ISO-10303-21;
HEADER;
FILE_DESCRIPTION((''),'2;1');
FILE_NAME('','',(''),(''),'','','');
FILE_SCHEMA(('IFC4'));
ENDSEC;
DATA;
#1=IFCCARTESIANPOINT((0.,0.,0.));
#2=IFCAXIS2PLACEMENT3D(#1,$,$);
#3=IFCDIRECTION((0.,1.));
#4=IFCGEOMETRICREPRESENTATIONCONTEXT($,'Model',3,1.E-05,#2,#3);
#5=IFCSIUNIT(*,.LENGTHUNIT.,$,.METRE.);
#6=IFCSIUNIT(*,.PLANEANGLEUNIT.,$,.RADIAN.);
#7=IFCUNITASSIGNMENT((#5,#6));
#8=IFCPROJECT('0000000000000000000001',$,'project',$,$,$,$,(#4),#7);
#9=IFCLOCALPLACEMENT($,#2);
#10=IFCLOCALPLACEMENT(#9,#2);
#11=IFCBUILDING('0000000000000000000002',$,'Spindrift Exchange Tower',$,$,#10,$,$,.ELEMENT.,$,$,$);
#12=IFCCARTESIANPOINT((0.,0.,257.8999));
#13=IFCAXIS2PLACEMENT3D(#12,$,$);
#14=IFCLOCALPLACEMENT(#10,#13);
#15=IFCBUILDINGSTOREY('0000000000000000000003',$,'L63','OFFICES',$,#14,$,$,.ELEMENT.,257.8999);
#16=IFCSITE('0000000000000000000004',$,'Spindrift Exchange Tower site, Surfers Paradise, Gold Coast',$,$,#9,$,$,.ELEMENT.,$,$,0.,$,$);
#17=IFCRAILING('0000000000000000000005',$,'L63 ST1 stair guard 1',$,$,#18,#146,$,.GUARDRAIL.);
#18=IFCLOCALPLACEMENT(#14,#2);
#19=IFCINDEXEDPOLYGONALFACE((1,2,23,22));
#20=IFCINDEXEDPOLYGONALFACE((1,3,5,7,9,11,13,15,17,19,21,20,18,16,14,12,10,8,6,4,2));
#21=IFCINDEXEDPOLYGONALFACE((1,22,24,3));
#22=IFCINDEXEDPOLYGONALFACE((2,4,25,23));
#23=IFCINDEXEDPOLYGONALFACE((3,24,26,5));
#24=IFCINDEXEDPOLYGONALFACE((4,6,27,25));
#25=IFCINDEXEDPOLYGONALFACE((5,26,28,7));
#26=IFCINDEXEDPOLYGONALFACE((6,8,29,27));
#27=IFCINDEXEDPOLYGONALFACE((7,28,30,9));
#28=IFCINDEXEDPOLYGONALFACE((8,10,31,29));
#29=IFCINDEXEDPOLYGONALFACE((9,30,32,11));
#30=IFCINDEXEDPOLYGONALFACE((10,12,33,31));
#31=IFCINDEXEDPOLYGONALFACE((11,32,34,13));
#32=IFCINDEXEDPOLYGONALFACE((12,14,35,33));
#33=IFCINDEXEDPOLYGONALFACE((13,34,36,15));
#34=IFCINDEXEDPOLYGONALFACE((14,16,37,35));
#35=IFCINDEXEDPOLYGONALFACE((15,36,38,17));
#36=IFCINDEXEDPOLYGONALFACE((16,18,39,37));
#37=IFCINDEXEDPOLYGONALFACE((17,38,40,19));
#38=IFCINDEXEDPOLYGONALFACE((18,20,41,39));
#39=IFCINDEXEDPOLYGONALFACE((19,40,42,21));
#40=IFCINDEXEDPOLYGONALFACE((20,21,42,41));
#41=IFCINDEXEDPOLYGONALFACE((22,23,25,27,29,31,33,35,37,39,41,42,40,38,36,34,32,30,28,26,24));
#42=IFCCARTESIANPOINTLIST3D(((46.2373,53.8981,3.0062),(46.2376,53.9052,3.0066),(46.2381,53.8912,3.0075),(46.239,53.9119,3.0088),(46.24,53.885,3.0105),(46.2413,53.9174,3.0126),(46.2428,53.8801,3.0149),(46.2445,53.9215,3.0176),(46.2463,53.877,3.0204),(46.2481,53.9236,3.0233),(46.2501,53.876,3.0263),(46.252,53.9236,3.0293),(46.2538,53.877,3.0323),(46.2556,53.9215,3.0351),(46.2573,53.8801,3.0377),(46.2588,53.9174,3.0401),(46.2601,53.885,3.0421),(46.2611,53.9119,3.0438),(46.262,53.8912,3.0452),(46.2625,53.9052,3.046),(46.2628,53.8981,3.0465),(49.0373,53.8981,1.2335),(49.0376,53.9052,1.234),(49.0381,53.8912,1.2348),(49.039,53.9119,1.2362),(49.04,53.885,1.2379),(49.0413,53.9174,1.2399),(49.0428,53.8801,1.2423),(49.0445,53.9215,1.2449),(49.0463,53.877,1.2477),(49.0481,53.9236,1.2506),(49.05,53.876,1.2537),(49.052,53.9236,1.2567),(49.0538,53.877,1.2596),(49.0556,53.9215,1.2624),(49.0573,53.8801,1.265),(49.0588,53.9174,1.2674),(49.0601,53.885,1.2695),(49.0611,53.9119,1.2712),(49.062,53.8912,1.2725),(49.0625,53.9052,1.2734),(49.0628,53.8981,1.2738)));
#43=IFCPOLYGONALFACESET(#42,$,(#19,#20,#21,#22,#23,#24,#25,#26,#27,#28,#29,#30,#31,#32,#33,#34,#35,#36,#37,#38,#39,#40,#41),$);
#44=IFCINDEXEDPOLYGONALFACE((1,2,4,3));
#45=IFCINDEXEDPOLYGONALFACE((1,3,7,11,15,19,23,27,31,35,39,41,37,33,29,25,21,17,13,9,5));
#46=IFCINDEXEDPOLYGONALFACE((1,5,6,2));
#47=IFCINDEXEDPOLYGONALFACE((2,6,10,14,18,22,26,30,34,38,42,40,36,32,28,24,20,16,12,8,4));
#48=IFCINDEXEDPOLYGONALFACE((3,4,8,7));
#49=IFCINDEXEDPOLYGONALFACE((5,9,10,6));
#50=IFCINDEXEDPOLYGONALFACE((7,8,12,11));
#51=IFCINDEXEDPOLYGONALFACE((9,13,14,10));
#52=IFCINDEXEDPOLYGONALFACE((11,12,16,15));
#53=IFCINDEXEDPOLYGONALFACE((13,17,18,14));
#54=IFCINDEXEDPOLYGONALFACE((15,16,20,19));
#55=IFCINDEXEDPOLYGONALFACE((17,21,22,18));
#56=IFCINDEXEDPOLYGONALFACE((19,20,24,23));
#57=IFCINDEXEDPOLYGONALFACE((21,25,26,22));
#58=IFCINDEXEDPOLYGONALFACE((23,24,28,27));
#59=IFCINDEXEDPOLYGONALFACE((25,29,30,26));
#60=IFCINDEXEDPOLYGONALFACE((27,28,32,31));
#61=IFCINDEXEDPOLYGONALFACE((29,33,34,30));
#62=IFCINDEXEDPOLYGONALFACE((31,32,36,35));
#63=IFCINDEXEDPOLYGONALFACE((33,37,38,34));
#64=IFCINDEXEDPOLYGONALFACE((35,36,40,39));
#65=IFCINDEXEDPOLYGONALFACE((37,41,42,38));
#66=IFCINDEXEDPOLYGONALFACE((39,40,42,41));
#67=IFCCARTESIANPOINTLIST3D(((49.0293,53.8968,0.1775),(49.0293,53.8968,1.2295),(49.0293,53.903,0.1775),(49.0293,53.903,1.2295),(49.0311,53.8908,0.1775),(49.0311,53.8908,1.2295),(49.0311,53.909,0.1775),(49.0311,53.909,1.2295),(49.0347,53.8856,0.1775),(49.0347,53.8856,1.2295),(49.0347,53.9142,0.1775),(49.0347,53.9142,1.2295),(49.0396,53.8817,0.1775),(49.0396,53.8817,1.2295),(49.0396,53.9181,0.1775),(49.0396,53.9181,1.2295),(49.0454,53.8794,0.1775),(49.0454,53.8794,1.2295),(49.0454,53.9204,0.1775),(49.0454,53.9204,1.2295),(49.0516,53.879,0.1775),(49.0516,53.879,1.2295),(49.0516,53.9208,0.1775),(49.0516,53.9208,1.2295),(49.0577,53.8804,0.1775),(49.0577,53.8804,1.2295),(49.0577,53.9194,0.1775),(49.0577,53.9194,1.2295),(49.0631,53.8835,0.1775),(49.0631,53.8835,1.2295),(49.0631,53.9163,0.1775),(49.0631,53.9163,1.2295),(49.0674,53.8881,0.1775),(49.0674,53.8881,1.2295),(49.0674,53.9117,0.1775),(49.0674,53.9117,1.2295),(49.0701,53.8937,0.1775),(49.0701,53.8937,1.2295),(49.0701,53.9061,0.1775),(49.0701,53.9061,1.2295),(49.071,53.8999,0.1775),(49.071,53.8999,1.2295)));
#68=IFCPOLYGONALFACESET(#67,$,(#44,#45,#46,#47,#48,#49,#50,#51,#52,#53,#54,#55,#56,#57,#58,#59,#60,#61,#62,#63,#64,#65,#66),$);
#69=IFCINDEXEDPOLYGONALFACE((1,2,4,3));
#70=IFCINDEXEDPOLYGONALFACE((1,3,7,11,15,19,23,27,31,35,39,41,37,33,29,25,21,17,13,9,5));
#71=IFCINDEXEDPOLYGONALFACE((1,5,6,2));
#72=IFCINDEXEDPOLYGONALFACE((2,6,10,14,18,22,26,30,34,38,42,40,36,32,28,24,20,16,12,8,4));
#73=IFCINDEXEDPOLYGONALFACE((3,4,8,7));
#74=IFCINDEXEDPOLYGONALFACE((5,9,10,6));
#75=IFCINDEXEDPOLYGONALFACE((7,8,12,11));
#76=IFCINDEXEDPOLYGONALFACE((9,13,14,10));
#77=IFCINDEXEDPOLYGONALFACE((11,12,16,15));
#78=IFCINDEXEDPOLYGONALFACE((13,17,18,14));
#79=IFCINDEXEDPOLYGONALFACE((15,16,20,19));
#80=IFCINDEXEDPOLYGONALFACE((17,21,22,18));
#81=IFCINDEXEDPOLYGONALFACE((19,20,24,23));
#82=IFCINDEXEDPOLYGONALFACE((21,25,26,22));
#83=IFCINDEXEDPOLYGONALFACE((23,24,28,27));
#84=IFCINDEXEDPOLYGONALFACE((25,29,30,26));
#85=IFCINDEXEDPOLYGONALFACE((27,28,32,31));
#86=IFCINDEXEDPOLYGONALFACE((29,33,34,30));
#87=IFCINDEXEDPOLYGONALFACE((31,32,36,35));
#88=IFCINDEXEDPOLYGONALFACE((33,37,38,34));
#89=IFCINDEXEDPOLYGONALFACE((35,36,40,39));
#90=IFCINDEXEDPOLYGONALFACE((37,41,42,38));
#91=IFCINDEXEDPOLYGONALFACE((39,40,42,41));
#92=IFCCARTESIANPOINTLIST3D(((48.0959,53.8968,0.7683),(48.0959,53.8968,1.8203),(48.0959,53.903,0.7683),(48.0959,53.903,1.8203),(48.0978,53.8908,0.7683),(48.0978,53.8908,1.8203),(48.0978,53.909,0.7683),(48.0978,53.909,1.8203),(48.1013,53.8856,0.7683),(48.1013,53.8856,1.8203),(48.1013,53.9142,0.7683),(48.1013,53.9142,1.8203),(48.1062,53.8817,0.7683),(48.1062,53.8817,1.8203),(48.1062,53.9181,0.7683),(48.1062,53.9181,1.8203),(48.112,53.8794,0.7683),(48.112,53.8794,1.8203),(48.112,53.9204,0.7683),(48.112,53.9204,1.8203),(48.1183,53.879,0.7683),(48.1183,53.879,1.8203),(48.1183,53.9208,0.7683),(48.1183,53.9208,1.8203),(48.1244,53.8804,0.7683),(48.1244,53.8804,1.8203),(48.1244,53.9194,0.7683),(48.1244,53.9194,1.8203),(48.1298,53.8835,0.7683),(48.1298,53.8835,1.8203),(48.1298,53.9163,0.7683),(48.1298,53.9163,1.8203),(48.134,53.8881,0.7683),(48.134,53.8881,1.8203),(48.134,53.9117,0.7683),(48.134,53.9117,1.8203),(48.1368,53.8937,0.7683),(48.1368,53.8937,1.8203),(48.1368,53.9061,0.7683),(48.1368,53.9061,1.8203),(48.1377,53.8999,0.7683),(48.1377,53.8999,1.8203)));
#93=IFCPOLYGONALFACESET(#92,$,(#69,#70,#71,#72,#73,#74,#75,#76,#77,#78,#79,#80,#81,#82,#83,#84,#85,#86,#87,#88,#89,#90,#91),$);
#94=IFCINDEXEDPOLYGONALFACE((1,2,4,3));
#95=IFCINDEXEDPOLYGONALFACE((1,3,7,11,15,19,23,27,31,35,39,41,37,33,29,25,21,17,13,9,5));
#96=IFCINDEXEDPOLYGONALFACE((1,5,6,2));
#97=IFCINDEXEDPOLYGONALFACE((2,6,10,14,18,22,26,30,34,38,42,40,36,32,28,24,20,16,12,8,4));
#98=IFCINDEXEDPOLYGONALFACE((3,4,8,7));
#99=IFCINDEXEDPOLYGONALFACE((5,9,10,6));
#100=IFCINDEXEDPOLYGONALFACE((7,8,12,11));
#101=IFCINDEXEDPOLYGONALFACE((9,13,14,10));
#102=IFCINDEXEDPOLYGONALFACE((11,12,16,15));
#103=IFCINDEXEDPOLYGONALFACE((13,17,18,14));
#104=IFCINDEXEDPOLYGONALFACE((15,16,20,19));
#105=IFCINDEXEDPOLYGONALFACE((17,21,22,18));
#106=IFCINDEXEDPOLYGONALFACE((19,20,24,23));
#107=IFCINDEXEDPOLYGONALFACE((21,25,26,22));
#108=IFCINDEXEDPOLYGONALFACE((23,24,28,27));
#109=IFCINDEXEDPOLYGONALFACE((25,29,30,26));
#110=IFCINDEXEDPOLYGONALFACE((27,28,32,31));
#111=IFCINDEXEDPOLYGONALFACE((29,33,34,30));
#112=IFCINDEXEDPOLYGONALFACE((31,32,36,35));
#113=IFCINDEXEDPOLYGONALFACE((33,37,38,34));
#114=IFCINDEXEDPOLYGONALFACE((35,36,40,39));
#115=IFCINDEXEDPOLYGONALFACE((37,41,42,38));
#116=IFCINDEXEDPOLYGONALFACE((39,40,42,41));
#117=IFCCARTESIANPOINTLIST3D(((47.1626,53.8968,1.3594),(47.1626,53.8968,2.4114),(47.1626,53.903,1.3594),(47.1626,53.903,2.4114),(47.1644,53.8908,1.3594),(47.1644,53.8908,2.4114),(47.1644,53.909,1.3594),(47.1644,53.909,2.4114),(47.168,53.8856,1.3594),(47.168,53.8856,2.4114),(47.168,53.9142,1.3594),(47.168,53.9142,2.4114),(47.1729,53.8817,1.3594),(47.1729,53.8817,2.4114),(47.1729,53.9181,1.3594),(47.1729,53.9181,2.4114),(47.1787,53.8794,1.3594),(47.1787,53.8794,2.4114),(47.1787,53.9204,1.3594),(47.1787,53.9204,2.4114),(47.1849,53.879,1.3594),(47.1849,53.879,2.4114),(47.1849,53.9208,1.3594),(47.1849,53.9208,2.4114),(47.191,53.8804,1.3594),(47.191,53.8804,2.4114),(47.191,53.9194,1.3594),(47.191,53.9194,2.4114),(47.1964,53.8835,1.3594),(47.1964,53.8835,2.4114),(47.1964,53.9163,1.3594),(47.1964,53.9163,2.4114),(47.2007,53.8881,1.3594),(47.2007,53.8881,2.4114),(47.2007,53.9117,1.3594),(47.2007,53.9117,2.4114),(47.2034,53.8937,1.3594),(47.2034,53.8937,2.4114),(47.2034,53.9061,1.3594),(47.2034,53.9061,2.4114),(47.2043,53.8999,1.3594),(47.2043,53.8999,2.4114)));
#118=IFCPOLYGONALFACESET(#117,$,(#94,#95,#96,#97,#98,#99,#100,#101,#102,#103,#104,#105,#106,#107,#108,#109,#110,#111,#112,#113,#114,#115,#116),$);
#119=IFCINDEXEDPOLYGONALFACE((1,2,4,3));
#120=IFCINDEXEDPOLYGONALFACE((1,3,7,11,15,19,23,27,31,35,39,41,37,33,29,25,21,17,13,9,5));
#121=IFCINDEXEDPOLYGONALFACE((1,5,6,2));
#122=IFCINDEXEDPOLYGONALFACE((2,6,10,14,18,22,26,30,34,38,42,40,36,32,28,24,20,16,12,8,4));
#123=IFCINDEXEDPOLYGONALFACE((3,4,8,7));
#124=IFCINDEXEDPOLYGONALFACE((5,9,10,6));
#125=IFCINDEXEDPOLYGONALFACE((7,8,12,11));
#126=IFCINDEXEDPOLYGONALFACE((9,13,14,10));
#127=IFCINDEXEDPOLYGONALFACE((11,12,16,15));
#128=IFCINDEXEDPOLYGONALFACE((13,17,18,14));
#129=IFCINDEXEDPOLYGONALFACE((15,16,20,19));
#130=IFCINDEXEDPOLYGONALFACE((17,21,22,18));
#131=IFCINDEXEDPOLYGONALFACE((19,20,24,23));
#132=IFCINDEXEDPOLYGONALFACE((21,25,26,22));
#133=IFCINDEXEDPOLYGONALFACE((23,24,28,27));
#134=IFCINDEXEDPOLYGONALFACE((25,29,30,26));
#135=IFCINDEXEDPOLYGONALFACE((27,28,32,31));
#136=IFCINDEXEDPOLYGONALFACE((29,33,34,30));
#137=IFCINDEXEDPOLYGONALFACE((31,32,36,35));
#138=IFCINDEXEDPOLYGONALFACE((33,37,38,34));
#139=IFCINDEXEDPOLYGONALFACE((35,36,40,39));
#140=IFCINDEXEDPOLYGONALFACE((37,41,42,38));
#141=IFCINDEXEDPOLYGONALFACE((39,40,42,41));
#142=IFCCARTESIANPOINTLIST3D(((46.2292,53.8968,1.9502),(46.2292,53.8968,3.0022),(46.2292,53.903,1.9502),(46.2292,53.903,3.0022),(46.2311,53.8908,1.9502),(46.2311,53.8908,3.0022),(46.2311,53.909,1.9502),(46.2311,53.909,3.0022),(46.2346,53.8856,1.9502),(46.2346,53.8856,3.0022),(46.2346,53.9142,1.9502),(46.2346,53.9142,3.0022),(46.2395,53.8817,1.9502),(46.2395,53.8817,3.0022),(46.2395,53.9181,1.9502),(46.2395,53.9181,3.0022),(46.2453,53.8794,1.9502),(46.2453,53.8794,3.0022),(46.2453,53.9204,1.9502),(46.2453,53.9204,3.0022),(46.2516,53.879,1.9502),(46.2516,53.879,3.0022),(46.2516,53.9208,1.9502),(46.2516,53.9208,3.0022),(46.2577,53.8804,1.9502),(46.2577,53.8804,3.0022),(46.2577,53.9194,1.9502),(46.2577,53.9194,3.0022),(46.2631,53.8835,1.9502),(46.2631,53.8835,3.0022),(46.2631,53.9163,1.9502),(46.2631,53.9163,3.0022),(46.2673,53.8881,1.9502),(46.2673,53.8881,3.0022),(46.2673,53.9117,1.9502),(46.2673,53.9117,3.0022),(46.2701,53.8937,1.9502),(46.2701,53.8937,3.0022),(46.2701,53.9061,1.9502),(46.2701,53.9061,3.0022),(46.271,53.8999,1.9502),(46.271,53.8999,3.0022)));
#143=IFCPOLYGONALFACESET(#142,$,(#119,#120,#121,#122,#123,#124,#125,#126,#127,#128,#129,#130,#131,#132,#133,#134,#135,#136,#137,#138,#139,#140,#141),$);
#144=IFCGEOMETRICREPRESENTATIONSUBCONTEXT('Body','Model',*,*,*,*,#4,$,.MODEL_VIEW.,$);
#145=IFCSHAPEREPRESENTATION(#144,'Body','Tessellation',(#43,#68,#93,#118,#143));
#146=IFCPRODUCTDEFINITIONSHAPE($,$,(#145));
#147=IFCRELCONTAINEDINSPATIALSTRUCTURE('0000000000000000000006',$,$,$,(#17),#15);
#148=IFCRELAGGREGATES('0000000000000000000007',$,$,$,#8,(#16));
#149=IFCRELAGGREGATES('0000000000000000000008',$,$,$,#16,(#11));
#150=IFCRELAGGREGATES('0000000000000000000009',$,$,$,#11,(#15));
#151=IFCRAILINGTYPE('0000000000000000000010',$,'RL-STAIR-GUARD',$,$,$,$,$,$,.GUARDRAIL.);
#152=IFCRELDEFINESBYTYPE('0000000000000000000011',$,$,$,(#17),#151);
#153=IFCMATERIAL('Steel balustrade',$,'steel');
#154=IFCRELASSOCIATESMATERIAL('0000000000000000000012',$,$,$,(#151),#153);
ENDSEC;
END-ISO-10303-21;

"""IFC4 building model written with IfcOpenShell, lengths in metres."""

from ifc_helpers import new_model, si_unit, direction, frame, origin, origin_2d, place, context, subcontext, project, spatial, circle, extrude, material, type_object, element, save


model = new_model("IFC4")

# Units and contexts
model_context = context("Model", 3, precision=1e-05, world=origin(), true_north=direction((0.0, 1.0)))
body_context = subcontext(model_context, "Body", "Model", "MODEL_VIEW")
ifc_project = project(units=[si_unit("LENGTHUNIT", "METRE"), si_unit("PLANEANGLEUNIT", "RADIAN")], contexts=[model_context])

# Site, building, storey
site_placement = place(None, origin())
site = spatial("IfcSite", under=ifc_project, at=site_placement, Name="Spindrift Exchange Tower site, Surfers Paradise, Gold Coast", CompositionType="ELEMENT", RefElevation=0.0)
building_placement = place(site_placement, origin())
building = spatial("IfcBuilding", under=site, at=building_placement, Name="Spindrift Exchange Tower", CompositionType="ELEMENT")
storey_placement = place(building_placement, frame((0.0, 0.0, 257.8999)))
storey = spatial("IfcBuildingStorey", under=building, at=storey_placement, Name="L63", Description="OFFICES", CompositionType="ELEMENT", Elevation=257.8999)

# Railing
ifc_material_1 = material(Name="Steel balustrade", Category="steel")
railing_type_1 = type_object("IfcRailingType", Name="RL-STAIR-GUARD", PredefinedType="GUARDRAIL", material=ifc_material_1)
railing_1_placement = place(storey_placement, frame((49.05, 53.8999, 0.1775)))
element("IfcRailing", 1, at=railing_1_placement, inside=storey, type_object=railing_type_1, Name="L63 ST1 stair guard 1", PredefinedType="GUARDRAIL", context=body_context, shape_type="SweptSolid", body=[
    extrude(circle(Radius=0.0239, at=origin_2d()), frame((0.0, 0.0, 1.0762), z_axis=(-0.844909, 0.0, 0.53491), x_axis=(0.0, -1.0, 0.0)), (0.0, 0.0, 1.0), 3.314),
    extrude(circle(Radius=0.021, at=origin_2d()), origin(), (0.0, 0.0, 1.0), 1.052),
    extrude(circle(Radius=0.021, at=origin_2d()), frame((-0.9333, 0.0, 0.5908)), (0.0, 0.0, 1.0), 1.052),
    extrude(circle(Radius=0.021, at=origin_2d()), frame((-1.8667, 0.0, 1.1819)), (0.0, 0.0, 1.0), 1.052),
    extrude(circle(Radius=0.021, at=origin_2d()), frame((-2.8, 0.0, 1.7727)), (0.0, 0.0, 1.0), 1.052),
])

save(model, "model.ifc")
